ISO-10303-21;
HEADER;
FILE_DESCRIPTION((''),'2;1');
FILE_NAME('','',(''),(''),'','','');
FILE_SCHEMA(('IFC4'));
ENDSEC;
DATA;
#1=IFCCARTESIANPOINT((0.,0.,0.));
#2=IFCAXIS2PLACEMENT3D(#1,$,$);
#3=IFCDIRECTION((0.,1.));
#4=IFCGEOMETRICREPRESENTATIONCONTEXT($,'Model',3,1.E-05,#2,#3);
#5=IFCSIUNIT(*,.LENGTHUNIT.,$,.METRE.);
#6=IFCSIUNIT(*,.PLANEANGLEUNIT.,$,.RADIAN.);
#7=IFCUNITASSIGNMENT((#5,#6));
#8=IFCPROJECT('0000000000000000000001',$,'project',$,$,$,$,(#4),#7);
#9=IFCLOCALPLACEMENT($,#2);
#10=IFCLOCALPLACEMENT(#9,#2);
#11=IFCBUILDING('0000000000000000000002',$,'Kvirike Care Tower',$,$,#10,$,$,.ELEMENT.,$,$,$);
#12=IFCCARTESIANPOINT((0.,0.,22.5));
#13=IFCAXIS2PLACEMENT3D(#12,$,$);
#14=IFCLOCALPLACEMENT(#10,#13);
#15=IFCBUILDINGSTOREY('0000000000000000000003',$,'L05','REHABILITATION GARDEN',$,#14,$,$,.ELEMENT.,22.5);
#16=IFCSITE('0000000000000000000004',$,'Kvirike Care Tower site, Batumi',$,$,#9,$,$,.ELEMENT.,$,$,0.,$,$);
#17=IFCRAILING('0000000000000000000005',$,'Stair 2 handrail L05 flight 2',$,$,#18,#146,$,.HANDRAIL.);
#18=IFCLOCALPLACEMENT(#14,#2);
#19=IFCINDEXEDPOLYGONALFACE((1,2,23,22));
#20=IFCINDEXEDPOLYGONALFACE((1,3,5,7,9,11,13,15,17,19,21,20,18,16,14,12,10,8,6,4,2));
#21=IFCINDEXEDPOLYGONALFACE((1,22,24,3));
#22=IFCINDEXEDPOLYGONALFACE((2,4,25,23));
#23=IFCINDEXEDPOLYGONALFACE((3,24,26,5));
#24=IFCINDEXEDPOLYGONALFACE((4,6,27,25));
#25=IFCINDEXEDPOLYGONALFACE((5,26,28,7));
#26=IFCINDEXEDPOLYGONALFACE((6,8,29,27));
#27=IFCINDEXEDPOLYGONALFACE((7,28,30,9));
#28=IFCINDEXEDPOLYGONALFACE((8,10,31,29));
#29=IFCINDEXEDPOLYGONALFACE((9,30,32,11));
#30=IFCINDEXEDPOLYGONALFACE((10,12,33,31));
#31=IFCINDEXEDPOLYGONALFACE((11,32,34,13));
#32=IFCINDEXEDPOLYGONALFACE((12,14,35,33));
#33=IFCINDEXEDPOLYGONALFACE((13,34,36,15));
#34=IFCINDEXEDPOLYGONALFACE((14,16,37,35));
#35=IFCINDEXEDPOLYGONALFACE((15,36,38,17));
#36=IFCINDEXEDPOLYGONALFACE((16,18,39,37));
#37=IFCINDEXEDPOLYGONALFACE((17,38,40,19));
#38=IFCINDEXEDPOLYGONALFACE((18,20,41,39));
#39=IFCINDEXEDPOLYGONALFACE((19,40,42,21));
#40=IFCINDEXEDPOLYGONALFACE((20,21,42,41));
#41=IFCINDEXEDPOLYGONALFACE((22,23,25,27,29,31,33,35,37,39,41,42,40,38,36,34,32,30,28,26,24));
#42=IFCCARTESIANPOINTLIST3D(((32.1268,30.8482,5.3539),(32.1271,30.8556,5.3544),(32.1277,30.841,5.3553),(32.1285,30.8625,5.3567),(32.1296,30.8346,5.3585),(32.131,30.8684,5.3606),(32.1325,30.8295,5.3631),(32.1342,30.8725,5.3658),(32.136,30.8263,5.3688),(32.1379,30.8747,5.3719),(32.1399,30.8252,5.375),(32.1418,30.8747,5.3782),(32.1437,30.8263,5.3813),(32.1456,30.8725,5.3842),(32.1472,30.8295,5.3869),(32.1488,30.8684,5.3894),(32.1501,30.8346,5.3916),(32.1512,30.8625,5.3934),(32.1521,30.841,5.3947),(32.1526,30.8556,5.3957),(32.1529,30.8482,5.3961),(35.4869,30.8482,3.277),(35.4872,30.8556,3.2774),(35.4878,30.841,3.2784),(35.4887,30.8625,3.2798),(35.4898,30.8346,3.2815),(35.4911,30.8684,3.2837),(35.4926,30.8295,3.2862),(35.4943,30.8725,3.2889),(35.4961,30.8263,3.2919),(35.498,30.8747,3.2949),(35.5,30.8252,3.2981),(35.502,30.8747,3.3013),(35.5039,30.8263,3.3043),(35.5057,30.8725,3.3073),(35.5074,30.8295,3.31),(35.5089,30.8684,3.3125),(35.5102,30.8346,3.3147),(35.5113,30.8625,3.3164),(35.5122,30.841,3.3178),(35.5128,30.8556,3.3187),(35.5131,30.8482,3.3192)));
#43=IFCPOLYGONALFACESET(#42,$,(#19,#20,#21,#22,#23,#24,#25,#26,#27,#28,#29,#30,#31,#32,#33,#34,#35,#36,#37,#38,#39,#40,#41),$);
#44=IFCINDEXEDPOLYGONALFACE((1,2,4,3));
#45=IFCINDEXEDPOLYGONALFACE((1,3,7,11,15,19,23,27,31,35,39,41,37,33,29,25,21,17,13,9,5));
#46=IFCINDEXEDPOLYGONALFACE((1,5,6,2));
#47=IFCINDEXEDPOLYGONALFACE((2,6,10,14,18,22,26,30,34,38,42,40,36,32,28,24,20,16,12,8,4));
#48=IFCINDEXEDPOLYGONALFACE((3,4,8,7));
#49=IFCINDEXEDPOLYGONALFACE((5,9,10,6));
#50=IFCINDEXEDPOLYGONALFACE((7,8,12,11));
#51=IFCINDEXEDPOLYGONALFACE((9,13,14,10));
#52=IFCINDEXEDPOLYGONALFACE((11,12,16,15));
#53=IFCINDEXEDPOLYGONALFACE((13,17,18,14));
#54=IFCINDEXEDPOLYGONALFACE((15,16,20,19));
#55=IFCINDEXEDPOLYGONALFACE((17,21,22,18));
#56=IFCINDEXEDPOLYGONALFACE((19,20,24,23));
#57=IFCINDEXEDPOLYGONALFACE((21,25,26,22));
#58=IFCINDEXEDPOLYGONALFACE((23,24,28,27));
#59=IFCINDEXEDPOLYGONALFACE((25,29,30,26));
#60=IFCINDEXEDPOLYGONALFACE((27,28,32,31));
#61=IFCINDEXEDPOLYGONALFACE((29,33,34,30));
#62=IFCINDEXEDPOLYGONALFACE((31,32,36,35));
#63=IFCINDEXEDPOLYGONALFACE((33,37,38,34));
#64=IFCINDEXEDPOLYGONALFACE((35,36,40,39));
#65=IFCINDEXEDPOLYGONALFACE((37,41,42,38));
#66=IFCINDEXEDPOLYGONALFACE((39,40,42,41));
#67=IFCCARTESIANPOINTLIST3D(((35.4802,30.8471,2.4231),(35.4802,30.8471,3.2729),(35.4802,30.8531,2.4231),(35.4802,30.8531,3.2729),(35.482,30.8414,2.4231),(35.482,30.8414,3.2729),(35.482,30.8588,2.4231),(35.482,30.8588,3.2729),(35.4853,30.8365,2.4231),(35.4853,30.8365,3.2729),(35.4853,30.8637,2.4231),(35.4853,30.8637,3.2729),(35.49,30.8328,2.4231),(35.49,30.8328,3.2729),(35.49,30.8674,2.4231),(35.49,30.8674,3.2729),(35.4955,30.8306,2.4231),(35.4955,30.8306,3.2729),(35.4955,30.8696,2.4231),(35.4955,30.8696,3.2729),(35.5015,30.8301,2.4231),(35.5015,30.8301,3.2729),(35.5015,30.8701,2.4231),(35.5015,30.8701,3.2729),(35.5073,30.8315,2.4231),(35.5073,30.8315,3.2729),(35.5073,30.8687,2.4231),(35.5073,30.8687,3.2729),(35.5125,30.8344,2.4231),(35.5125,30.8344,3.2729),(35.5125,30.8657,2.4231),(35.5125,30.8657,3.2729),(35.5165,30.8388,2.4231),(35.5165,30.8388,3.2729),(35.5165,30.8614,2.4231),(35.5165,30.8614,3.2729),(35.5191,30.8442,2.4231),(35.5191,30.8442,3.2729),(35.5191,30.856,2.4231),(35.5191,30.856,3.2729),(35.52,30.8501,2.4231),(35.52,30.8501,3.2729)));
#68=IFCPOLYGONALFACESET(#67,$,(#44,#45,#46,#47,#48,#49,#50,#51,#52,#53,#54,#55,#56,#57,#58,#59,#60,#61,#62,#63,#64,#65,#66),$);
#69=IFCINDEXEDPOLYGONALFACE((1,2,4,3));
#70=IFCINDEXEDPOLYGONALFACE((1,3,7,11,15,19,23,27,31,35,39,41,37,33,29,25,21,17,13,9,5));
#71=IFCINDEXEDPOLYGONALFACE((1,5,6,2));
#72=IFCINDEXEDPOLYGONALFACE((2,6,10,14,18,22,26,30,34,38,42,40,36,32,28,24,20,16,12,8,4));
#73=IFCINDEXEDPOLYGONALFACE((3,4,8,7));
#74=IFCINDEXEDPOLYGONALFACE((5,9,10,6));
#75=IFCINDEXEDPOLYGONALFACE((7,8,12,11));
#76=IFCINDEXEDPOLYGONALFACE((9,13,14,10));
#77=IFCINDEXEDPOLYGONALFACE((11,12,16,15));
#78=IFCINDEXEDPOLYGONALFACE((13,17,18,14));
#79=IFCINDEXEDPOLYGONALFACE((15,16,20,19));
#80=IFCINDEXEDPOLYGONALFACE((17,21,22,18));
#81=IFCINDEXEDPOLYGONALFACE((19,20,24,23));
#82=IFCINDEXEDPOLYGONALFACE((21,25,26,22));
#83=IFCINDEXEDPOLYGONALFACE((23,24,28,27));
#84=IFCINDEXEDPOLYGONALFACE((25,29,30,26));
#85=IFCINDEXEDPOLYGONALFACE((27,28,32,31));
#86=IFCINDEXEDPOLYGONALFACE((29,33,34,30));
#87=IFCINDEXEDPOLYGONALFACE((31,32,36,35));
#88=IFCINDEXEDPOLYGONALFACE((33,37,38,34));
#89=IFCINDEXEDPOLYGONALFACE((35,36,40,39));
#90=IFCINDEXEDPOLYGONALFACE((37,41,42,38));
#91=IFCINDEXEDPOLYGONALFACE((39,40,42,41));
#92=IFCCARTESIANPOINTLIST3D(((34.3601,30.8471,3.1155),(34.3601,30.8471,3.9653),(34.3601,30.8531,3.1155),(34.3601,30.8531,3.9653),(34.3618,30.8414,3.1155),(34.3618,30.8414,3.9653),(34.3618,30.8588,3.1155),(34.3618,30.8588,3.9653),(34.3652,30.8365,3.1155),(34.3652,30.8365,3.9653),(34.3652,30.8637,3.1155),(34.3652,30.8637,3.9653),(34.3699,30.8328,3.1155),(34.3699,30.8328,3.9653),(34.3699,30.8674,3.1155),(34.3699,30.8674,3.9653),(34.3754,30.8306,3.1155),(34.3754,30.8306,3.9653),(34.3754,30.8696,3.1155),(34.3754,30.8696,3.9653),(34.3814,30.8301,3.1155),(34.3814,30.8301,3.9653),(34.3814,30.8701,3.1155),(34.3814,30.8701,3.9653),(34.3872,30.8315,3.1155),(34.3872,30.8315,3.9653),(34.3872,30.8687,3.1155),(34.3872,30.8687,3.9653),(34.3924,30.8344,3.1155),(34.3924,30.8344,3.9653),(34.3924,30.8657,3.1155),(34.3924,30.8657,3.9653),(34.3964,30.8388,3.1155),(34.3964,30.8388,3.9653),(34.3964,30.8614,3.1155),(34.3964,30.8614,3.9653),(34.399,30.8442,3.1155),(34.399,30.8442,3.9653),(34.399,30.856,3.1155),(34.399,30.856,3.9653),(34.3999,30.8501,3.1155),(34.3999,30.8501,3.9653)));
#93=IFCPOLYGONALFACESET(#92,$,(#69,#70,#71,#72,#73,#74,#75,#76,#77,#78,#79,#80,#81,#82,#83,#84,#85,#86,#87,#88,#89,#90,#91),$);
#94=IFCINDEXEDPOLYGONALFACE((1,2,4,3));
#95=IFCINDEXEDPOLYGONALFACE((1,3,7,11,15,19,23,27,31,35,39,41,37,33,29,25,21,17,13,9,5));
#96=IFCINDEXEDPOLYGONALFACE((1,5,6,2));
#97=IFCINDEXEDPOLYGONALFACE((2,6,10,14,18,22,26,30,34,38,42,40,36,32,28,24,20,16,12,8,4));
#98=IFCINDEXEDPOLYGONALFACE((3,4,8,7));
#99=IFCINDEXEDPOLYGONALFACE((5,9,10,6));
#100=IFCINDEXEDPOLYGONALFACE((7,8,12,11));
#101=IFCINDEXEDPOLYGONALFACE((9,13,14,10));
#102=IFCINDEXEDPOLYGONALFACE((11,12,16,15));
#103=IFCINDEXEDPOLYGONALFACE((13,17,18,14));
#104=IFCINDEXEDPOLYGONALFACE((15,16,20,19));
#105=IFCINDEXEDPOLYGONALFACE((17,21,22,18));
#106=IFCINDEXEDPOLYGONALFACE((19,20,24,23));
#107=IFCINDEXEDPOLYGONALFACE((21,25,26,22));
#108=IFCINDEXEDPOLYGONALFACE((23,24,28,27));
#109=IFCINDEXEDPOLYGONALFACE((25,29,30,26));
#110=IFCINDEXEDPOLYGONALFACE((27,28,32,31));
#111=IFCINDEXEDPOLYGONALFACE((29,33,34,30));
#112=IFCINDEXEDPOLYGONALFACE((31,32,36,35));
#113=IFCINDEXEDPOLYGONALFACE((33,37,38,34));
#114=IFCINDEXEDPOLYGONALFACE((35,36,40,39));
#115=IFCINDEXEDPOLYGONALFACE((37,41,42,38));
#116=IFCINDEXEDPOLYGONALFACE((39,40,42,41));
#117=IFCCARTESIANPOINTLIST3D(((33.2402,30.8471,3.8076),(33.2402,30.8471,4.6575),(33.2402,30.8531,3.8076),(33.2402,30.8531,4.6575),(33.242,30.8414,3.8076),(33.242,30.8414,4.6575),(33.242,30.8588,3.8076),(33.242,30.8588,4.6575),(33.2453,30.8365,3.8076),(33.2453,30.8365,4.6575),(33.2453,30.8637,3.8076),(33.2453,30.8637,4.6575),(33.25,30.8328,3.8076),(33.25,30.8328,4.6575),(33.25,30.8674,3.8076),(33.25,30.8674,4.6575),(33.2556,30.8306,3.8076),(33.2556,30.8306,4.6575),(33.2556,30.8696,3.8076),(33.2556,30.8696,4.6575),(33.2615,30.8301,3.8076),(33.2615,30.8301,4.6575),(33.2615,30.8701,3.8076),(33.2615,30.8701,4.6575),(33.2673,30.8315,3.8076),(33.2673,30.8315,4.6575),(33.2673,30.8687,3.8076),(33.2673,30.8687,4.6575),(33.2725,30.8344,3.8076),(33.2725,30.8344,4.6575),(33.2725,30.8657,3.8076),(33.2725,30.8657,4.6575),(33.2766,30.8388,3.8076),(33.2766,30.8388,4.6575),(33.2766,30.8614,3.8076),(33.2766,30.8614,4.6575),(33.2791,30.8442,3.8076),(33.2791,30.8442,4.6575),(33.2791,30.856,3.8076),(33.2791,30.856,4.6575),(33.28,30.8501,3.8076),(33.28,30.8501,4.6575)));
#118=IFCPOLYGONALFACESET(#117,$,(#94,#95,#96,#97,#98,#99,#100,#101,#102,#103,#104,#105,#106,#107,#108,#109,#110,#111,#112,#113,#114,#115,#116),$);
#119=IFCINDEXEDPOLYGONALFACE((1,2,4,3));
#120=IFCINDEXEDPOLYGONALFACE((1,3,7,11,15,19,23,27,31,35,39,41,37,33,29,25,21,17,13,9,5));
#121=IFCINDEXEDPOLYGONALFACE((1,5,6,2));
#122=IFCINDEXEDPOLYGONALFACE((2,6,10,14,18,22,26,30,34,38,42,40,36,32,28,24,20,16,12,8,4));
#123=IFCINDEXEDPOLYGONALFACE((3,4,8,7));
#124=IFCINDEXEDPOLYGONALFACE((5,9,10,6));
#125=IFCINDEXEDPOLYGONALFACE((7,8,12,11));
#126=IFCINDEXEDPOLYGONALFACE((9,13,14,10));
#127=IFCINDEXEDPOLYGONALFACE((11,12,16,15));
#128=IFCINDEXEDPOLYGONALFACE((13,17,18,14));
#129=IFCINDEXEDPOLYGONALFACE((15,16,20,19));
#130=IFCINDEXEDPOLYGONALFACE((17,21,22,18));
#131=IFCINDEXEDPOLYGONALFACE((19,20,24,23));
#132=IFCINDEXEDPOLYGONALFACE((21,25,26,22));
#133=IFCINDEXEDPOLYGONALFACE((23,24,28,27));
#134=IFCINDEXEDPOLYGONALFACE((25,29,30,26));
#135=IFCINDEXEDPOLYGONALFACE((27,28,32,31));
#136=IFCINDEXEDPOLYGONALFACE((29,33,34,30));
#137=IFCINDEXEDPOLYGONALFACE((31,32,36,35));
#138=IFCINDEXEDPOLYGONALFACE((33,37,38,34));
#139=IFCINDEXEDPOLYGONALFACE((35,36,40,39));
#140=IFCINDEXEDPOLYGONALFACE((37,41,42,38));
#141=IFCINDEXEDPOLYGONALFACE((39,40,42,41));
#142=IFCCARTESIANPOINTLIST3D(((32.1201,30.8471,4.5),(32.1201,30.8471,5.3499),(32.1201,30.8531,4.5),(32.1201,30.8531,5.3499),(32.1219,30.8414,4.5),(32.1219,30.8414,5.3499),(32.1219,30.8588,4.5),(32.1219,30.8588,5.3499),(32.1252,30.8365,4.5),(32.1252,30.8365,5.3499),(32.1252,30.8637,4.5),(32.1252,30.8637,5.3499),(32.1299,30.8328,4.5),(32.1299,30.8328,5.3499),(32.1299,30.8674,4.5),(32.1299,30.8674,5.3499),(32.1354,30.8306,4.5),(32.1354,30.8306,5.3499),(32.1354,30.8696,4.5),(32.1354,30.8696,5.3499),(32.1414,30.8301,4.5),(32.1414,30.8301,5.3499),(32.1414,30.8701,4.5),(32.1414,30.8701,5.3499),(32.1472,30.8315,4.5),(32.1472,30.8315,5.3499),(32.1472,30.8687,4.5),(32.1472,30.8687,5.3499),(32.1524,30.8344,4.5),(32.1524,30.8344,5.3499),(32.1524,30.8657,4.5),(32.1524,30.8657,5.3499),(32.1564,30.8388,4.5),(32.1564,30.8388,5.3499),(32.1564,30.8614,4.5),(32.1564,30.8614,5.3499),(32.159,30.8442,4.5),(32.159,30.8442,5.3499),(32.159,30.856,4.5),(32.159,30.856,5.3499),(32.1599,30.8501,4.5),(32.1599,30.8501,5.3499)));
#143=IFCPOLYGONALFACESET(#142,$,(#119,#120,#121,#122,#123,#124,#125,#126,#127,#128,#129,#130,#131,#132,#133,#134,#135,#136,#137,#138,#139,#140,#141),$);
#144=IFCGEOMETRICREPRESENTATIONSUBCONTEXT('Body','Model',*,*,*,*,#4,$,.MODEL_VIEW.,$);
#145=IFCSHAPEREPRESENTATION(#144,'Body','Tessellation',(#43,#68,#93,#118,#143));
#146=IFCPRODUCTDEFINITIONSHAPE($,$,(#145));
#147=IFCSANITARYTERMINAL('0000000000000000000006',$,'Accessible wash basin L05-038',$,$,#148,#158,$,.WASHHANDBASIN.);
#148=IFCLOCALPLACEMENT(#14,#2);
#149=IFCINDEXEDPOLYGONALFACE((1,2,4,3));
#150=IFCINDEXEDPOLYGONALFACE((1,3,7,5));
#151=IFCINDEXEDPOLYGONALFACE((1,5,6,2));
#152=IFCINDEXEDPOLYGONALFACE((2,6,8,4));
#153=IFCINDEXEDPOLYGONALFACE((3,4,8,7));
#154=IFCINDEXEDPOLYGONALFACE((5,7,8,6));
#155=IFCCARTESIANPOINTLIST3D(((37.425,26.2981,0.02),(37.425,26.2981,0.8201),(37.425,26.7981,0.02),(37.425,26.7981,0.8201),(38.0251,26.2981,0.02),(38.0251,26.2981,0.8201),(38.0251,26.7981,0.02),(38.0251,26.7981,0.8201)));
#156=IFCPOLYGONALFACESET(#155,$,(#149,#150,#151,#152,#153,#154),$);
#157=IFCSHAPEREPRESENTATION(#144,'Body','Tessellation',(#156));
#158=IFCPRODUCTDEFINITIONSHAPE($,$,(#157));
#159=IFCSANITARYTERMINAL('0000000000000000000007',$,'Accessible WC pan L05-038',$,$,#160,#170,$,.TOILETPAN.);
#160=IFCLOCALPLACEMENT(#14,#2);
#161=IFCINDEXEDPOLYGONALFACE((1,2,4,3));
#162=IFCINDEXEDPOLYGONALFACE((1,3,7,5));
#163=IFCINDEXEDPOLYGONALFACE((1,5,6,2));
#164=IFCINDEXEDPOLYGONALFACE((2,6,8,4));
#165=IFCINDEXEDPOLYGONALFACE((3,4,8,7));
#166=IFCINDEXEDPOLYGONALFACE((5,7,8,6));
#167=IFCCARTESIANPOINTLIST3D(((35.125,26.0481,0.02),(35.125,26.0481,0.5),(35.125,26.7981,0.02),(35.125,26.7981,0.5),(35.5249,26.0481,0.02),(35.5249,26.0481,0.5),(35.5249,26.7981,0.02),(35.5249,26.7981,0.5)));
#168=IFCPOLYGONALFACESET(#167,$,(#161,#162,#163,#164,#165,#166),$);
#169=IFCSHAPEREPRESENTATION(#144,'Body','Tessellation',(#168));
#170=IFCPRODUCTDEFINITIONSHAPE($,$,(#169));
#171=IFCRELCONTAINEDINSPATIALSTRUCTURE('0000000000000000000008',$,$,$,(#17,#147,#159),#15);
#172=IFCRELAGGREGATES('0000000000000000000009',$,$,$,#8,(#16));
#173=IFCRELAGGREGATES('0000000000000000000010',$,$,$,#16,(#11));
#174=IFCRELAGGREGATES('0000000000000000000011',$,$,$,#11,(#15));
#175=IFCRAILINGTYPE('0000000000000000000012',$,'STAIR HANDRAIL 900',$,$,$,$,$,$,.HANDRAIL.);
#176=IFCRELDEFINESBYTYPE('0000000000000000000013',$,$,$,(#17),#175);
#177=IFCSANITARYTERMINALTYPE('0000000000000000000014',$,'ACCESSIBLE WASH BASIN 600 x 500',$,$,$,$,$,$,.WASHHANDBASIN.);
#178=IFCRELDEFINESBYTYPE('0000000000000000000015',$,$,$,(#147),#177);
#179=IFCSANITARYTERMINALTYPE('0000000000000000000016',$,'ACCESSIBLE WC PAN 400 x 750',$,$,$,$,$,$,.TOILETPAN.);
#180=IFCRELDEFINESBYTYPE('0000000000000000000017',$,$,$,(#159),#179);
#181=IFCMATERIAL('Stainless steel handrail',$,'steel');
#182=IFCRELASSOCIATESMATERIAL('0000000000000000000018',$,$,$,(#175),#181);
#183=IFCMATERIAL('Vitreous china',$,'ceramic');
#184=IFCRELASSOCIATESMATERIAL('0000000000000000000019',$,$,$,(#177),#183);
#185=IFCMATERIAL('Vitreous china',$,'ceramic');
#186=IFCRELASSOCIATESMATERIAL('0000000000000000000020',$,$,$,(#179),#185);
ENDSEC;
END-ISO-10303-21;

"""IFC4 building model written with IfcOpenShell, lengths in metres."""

from ifc_helpers import new_model, si_unit, direction, frame, origin, origin_2d, place, context, subcontext, project, spatial, rectangle, circle, extrude, material, type_object, element, save


model = new_model("IFC4")

# Units and contexts
model_context = context("Model", 3, precision=1e-05, world=origin(), true_north=direction((0.0, 1.0)))
body_context = subcontext(model_context, "Body", "Model", "MODEL_VIEW")
ifc_project = project(units=[si_unit("LENGTHUNIT", "METRE"), si_unit("PLANEANGLEUNIT", "RADIAN")], contexts=[model_context])

# Site, building, storey
site_placement = place(None, origin())
site = spatial("IfcSite", under=ifc_project, at=site_placement, Name="Kvirike Care Tower site, Batumi", CompositionType="ELEMENT", RefElevation=0.0)
building_placement = place(site_placement, origin())
building = spatial("IfcBuilding", under=site, at=building_placement, Name="Kvirike Care Tower", CompositionType="ELEMENT")
storey_placement = place(building_placement, frame((0.0, 0.0, 22.5)))
storey = spatial("IfcBuildingStorey", under=building, at=storey_placement, Name="L05", Description="REHABILITATION GARDEN", CompositionType="ELEMENT", Elevation=22.5)

# Railing
ifc_material_1 = material(Name="Stainless steel handrail", Category="steel")
railing_type = type_object("IfcRailingType", Name="STAIR HANDRAIL 900", PredefinedType="HANDRAIL", material=ifc_material_1)
railing_1_placement = place(storey_placement, frame((35.5, 30.8501, 2.4231)))
element("IfcRailing", 1, at=railing_1_placement, inside=storey, type_object=railing_type, Name="Stair 2 handrail L05 flight 2", PredefinedType="HANDRAIL", context=body_context, shape_type="SweptSolid", body=[
    extrude(circle(Radius=0.0249, at=origin_2d()), frame((0.0, 0.0, 0.875), z_axis=(-0.850623, 0.0, 0.525776), x_axis=(0.0, -1.0, 0.0)), (0.0, 0.0, 1.0), 3.9502),
    extrude(circle(Radius=0.02, at=origin_2d()), origin(), (0.0, 0.0, 1.0), 0.8499),
    extrude(circle(Radius=0.02, at=origin_2d()), frame((-1.1201, 0.0, 0.6924)), (0.0, 0.0, 1.0), 0.8499),
    extrude(circle(Radius=0.02, at=origin_2d()), frame((-2.24, 0.0, 1.3845)), (0.0, 0.0, 1.0), 0.8499),
    extrude(circle(Radius=0.02, at=origin_2d()), frame((-3.3601, 0.0, 2.0769)), (0.0, 0.0, 1.0), 0.8499),
])

# Sanitary terminals
ifc_material_2 = material(Name="Vitreous china", Category="ceramic")
sanitary_terminal_type_1 = type_object("IfcSanitaryTerminalType", Name="ACCESSIBLE WASH BASIN 600 x 500", PredefinedType="WASHHANDBASIN", material=ifc_material_2)
sanitary_terminal_1_placement = place(storey_placement, frame((37.7251, 26.5481, 0.02), z_axis=(0.0, 0.0, 1.0), x_axis=(1.0, 0.0, 0.0)))
element("IfcSanitaryTerminal", 2, at=sanitary_terminal_1_placement, inside=storey, type_object=sanitary_terminal_type_1, Name="Accessible wash basin L05-038", PredefinedType="WASHHANDBASIN", context=body_context, shape_type="SweptSolid", body=[
    extrude(rectangle(XDim=0.6001, YDim=0.5, at=origin_2d()), origin(), (0.0, 0.0, 1.0), 0.8),
])
ifc_material_3 = material(Name="Vitreous china", Category="ceramic")
sanitary_terminal_type_2 = type_object("IfcSanitaryTerminalType", Name="ACCESSIBLE WC PAN 400 x 750", PredefinedType="TOILETPAN", material=ifc_material_3)
sanitary_terminal_2_placement = place(storey_placement, frame((35.325, 26.4231, 0.02), z_axis=(0.0, 0.0, 1.0), x_axis=(1.0, 0.0, 0.0)))
element("IfcSanitaryTerminal", 3, at=sanitary_terminal_2_placement, inside=storey, type_object=sanitary_terminal_type_2, Name="Accessible WC pan L05-038", PredefinedType="TOILETPAN", context=body_context, shape_type="SweptSolid", body=[
    extrude(rectangle(XDim=0.3999, YDim=0.75, at=origin_2d()), origin(), (0.0, 0.0, 1.0), 0.48),
])

save(model, "model.ifc")
